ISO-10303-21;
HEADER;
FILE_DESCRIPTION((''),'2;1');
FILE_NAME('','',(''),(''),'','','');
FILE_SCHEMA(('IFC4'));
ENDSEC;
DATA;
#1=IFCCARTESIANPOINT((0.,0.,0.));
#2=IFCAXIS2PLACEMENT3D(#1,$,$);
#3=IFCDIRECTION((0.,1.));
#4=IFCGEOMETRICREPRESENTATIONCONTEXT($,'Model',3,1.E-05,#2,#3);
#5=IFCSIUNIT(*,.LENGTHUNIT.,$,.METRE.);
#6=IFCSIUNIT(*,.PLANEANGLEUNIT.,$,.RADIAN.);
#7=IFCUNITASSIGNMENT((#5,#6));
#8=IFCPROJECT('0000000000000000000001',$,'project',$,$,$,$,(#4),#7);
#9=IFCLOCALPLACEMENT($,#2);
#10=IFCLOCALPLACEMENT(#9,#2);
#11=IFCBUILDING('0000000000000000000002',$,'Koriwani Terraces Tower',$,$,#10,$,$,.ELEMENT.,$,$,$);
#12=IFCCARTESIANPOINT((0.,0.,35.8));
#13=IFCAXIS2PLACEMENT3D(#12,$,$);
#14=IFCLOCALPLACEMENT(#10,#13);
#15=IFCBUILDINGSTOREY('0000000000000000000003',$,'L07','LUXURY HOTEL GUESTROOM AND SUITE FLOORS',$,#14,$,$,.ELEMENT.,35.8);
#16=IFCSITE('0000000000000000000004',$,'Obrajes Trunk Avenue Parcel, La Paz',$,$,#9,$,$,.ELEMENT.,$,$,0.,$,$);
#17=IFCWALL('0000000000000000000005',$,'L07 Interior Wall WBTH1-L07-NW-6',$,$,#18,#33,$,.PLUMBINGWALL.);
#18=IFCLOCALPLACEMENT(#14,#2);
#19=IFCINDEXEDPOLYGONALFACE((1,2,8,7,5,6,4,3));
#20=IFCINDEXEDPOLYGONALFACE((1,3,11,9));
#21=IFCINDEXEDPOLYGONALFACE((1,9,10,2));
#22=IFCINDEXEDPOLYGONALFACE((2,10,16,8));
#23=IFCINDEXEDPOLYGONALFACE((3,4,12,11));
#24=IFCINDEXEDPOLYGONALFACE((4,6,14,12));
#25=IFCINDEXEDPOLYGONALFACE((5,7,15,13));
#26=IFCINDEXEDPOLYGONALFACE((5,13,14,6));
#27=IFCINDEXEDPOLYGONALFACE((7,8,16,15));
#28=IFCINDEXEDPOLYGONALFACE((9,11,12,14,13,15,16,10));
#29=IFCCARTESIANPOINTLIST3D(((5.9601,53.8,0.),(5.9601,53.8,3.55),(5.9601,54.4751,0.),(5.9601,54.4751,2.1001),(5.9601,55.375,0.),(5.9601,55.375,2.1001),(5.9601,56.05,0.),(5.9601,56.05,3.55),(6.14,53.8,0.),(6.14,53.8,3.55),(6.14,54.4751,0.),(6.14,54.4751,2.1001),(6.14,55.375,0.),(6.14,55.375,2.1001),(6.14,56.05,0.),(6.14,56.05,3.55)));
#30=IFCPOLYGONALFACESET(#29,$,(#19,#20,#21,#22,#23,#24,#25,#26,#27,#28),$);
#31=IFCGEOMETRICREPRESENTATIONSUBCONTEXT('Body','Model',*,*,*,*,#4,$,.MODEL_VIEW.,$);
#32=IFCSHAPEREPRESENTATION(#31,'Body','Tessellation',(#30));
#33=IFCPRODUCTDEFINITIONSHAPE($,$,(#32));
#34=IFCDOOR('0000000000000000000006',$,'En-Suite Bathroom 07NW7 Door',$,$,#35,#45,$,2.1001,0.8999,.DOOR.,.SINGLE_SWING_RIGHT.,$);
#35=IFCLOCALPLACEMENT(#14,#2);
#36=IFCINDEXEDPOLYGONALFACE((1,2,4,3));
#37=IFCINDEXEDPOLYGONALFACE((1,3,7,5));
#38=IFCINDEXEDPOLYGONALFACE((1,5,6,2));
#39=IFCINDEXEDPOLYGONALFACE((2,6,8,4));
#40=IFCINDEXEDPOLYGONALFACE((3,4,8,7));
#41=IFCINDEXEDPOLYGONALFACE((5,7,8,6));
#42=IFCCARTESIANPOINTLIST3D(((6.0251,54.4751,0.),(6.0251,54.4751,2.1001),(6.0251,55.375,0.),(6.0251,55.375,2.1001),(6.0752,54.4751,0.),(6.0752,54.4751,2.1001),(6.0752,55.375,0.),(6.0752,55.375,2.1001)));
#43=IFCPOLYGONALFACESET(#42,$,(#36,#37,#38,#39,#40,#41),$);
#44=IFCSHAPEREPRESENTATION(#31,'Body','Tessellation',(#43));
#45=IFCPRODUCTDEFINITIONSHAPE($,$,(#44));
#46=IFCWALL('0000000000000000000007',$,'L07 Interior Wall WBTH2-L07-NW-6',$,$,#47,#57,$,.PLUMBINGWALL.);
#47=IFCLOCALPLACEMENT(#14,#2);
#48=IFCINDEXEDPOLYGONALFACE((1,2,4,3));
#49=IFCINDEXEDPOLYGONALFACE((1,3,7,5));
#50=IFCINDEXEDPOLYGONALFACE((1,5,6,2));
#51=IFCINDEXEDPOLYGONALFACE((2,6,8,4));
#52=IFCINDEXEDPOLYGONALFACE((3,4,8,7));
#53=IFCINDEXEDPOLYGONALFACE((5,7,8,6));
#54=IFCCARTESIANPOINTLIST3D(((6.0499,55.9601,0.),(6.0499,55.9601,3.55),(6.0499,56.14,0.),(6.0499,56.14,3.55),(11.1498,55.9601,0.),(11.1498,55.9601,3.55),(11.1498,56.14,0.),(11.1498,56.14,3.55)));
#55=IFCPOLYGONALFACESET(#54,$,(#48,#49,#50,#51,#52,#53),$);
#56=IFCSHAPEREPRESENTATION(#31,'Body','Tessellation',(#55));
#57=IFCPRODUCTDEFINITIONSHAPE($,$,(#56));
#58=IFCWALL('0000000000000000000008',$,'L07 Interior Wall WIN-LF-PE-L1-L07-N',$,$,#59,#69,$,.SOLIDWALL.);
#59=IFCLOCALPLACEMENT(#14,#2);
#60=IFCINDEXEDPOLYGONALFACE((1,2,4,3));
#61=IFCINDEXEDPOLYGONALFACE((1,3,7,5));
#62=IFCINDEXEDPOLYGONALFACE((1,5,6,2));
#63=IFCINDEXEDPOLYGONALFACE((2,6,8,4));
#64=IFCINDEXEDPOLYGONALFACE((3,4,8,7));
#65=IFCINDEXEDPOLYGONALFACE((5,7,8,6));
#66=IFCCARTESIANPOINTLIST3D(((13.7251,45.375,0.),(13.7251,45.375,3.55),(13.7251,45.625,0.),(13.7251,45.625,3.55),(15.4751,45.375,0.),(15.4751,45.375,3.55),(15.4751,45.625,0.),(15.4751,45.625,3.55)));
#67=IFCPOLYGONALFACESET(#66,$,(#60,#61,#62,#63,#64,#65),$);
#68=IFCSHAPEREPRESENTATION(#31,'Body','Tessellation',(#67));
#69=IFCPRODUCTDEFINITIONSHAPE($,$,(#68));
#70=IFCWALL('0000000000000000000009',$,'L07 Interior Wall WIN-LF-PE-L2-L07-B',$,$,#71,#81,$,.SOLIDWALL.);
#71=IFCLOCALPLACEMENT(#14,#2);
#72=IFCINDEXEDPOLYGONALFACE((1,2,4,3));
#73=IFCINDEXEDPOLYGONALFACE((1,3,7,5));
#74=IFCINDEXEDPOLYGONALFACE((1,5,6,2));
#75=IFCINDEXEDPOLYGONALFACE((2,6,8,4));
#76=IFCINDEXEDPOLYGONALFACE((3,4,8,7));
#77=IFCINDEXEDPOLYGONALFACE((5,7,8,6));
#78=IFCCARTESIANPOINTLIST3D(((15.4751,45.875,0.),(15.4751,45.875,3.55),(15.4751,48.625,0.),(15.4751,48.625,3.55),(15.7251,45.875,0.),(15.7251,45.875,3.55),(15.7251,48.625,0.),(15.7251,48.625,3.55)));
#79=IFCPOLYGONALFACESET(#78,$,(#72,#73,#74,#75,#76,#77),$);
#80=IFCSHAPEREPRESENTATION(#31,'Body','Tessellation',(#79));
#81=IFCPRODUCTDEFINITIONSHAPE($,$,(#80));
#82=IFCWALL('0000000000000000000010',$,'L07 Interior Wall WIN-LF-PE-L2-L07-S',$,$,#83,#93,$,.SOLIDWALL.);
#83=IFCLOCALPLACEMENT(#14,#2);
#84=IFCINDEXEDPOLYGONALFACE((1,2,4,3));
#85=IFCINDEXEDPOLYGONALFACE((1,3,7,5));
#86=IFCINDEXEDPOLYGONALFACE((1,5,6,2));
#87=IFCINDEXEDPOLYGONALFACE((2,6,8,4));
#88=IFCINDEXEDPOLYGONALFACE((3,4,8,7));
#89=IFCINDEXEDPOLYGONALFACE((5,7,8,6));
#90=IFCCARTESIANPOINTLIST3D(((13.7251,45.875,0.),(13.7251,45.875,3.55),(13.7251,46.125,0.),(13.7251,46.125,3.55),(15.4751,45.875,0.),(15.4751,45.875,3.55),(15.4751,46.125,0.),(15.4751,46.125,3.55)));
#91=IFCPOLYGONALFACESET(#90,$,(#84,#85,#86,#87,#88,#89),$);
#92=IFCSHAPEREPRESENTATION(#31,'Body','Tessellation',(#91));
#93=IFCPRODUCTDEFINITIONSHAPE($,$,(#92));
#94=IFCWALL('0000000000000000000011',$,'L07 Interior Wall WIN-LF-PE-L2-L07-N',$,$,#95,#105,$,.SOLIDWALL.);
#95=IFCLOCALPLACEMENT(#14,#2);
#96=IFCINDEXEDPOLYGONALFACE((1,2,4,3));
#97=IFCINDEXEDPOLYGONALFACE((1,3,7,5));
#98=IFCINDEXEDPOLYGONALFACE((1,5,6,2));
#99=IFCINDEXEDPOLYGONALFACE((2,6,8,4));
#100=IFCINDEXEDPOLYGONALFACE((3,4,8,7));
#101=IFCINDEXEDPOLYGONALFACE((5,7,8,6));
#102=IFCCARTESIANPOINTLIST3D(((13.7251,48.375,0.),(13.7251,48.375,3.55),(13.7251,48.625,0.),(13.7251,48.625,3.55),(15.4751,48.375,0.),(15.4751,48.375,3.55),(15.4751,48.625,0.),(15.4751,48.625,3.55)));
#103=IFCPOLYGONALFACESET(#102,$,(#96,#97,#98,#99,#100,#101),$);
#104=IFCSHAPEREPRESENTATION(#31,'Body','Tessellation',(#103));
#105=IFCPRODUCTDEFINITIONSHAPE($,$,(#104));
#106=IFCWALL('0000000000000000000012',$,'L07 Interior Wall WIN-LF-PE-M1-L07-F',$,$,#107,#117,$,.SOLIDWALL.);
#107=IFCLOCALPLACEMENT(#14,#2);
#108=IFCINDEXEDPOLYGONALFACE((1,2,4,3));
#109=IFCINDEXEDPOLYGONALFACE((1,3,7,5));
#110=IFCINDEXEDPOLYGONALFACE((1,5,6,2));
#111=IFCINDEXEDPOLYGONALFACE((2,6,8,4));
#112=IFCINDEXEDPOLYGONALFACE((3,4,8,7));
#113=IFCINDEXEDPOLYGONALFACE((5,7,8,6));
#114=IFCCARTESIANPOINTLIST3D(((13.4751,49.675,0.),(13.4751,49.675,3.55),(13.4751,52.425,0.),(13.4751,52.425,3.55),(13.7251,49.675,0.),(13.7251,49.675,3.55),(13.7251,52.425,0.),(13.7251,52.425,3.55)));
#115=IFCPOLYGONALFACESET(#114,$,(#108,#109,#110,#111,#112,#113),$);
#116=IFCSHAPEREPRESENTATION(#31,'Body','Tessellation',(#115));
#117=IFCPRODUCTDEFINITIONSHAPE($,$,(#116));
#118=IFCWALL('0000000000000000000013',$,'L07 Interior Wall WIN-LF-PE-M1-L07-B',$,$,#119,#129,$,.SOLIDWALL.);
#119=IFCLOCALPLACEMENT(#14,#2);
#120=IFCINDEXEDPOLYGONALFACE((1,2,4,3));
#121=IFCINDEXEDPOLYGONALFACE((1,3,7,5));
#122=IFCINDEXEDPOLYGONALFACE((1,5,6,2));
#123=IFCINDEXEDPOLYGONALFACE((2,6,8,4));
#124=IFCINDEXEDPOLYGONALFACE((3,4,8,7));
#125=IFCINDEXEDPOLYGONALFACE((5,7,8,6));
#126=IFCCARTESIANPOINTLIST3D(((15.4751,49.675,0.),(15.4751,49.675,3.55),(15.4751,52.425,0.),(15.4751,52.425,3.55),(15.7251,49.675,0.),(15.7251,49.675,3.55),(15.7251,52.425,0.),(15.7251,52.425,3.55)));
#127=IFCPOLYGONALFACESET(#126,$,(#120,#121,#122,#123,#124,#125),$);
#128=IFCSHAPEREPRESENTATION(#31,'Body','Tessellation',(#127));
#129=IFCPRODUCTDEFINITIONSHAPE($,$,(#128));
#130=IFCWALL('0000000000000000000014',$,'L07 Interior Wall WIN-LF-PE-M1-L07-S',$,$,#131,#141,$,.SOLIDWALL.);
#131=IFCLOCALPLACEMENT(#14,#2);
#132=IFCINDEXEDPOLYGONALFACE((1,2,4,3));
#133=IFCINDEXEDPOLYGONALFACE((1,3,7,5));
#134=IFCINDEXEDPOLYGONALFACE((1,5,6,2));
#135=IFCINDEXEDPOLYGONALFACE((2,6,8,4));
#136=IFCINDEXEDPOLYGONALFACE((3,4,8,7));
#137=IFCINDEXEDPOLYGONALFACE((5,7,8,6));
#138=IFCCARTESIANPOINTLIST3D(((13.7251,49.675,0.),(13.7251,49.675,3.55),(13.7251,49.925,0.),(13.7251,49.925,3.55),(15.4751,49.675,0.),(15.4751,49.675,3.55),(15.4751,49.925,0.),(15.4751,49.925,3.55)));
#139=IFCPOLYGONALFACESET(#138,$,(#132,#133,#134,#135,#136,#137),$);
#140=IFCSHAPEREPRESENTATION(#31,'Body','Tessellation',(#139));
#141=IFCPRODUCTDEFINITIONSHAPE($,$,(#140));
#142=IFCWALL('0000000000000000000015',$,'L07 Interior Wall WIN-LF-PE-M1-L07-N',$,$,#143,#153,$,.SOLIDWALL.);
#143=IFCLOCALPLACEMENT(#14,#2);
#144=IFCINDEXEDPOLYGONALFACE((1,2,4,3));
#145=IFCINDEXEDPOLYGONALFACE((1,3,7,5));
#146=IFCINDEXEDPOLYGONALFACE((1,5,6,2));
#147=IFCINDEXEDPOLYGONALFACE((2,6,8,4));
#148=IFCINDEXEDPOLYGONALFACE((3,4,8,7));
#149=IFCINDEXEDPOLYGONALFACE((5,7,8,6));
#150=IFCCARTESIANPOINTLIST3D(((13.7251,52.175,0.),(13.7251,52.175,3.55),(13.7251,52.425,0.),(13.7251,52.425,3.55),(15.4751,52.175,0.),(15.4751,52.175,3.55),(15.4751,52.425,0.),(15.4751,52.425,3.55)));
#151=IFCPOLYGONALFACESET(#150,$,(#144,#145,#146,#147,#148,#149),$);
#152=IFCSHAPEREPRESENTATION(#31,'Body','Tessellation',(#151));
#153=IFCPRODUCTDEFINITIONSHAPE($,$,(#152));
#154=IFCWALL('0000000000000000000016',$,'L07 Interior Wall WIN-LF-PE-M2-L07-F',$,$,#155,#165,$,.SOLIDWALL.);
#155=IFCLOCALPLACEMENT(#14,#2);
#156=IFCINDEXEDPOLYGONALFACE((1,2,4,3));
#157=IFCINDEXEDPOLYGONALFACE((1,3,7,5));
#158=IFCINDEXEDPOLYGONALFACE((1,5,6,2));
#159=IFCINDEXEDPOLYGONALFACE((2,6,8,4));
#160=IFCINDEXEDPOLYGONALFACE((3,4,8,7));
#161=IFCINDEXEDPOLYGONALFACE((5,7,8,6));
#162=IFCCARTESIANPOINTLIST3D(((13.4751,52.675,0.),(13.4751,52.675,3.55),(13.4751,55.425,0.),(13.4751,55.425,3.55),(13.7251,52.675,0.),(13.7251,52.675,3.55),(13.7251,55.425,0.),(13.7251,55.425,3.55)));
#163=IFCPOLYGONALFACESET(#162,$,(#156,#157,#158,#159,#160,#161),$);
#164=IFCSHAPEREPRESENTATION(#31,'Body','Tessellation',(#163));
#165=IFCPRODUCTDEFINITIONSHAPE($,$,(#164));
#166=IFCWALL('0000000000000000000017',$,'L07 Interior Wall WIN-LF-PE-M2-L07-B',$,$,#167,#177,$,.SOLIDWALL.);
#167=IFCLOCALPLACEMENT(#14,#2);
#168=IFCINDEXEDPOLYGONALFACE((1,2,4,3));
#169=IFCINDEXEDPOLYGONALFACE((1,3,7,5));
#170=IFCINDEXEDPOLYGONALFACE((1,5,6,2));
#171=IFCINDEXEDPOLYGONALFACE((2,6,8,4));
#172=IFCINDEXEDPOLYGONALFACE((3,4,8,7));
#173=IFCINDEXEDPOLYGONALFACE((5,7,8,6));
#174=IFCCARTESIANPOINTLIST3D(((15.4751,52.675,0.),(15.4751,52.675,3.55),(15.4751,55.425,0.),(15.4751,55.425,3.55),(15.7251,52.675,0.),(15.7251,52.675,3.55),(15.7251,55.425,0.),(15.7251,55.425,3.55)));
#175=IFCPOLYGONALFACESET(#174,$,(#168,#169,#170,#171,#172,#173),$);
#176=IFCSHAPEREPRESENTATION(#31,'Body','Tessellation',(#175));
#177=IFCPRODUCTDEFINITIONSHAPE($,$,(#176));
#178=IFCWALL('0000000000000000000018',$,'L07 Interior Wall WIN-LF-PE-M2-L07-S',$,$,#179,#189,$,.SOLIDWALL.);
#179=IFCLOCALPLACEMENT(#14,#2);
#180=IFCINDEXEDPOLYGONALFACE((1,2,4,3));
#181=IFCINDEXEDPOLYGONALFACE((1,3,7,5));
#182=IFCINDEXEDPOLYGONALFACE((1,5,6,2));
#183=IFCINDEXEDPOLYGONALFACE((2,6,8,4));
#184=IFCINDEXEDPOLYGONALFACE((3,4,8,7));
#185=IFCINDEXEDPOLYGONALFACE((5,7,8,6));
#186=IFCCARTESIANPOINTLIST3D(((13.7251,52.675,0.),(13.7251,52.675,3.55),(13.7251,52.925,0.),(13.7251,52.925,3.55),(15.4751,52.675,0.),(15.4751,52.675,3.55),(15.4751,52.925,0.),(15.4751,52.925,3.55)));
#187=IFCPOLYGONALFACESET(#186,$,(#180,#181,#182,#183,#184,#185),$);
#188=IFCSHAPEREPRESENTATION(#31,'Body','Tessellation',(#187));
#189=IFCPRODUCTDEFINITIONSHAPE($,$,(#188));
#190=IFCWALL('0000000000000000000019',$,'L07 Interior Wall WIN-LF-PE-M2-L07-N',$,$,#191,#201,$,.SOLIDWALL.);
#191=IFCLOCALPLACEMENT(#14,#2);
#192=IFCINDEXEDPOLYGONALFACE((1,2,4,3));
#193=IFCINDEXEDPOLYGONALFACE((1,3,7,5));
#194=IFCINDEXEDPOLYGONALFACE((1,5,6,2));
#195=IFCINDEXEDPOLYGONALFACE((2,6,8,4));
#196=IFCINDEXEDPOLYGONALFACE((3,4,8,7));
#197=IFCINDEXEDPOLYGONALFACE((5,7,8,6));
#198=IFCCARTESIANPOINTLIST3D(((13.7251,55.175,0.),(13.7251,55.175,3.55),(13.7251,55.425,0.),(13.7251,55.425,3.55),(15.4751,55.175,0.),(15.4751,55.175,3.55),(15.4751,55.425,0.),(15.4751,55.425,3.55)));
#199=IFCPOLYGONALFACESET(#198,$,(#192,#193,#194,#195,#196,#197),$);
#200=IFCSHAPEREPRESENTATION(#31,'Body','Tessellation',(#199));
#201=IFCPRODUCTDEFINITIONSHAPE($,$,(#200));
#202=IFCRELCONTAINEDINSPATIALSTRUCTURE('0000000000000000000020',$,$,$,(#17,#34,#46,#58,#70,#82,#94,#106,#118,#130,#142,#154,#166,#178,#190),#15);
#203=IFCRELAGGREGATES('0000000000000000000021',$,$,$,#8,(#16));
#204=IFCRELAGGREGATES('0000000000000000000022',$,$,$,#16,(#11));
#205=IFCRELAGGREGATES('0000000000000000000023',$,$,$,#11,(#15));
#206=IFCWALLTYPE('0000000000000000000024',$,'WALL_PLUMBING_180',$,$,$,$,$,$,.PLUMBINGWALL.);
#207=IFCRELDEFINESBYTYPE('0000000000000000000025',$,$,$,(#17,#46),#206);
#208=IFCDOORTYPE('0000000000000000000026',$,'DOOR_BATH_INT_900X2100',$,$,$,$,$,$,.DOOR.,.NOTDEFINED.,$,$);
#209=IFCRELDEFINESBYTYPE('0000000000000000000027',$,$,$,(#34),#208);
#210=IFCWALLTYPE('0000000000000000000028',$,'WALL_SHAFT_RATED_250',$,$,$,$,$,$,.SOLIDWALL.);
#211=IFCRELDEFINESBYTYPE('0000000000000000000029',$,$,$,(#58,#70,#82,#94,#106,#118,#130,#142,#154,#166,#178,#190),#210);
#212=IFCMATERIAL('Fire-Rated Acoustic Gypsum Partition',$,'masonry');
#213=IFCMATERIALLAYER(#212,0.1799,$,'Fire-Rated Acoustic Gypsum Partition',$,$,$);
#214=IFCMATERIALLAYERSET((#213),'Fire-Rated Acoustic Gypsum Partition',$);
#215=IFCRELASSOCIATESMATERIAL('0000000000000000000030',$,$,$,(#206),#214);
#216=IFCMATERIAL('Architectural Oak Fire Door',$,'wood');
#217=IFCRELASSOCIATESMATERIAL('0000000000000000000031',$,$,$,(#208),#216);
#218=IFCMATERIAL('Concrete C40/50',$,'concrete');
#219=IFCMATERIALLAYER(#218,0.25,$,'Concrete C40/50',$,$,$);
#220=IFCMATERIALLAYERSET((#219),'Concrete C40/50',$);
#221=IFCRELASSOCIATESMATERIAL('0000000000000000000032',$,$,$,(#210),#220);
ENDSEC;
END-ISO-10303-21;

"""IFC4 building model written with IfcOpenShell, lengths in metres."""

from ifc_helpers import new_model, si_unit, direction, frame, frame_2d, origin, place, context, subcontext, project, spatial, rectangle, extrude, material, layer, layer_set, type_object, element, fill, save


model = new_model("IFC4")

# Units and contexts
model_context = context("Model", 3, precision=1e-05, world=origin(), true_north=direction((0.0, 1.0)))
body_context = subcontext(model_context, "Body", "Model", "MODEL_VIEW")
ifc_project = project(units=[si_unit("LENGTHUNIT", "METRE"), si_unit("PLANEANGLEUNIT", "RADIAN")], contexts=[model_context])

# Site, building, storey
site_placement = place(None, origin())
site = spatial("IfcSite", under=ifc_project, at=site_placement, Name="Obrajes Trunk Avenue Parcel, La Paz", CompositionType="ELEMENT", RefElevation=0.0)
building_placement = place(site_placement, origin())
building = spatial("IfcBuilding", under=site, at=building_placement, Name="Koriwani Terraces Tower", CompositionType="ELEMENT")
storey_placement = place(building_placement, frame((0.0, 0.0, 35.8)))
storey = spatial("IfcBuildingStorey", under=building, at=storey_placement, Name="L07", Description="LUXURY HOTEL GUESTROOM AND SUITE FLOORS", CompositionType="ELEMENT", Elevation=35.8)

# Shared definitions
ifc_material_1 = material(Name="Concrete C40/50", Category="concrete")

# Shared definitions
ifc_material_2 = material(Name="Fire-Rated Acoustic Gypsum Partition", Category="masonry")
ifc_layer_1 = layer(ifc_material_2, 0.1799, Name="Fire-Rated Acoustic Gypsum Partition")
ifc_layer_set_1 = layer_set([ifc_layer_1], Name="Fire-Rated Acoustic Gypsum Partition")
wall_type_1 = type_object("IfcWallType", Name="WALL_PLUMBING_180", PredefinedType="PLUMBINGWALL", material=ifc_layer_set_1)

# Wall, opening, door
wall_1_placement = place(storey_placement, frame((6.05, 53.8, 0.0), z_axis=(0.0, 0.0, 1.0), x_axis=(0.0, 1.0, 0.0)))
wall_1 = element("IfcWall", 1, at=wall_1_placement, inside=storey, type_object=wall_type_1, Name="L07 Interior Wall WBTH1-L07-NW-6", PredefinedType="PLUMBINGWALL", context=body_context, shape_type="SweptSolid", body=[
    extrude(rectangle(XDim=2.25, YDim=0.1799, at=frame_2d((1.125, 0.0))), origin(), (0.0, 0.0, 1.0), 3.55),
])
opening_1_placement = place(wall_1_placement, frame((0.675, 0.0, 0.0)))
opening_1 = element("IfcOpeningElement", 2, at=opening_1_placement, cuts=wall_1, PredefinedType="OPENING", context=body_context, shape_type="SweptSolid", body=[
    extrude(rectangle(XDim=0.8999, YDim=2.1001, at=frame_2d((0.45, 1.05))), frame((0.0, 0.1001, 0.0), z_axis=(0.0, -1.0, 0.0), x_axis=(1.0, 0.0, 0.0)), (0.0, 0.0, 1.0), 0.2),
])
ifc_material_3 = material(Name="Architectural Oak Fire Door", Category="wood")
door_type_1 = type_object("IfcDoorType", Name="DOOR_BATH_INT_900X2100", OperationType="NOTDEFINED", PredefinedType="DOOR", material=ifc_material_3)
door_1_placement = place(opening_1_placement, origin())
door_1 = element("IfcDoor", 3, at=door_1_placement, inside=storey, type_object=door_type_1, Name="En-Suite Bathroom 07NW7 Door", OperationType="SINGLE_SWING_RIGHT", OverallHeight=2.1001, OverallWidth=0.8999, PredefinedType="DOOR", context=body_context, shape_type="SweptSolid", body=[
    extrude(rectangle(XDim=0.8999, YDim=2.1001, at=frame_2d((0.45, 1.05))), frame((0.0, 0.0249, 0.0), z_axis=(0.0, -1.0, 0.0), x_axis=(1.0, 0.0, 0.0)), (0.0, 0.0, 1.0), 0.05),
])
fill(opening_1, door_1)

# Walls
wall_2_placement = place(storey_placement, frame((6.05, 56.05, 0.0), z_axis=(0.0, 0.0, 1.0), x_axis=(1.0, 0.0, 0.0)))
element("IfcWall", 4, at=wall_2_placement, inside=storey, type_object=wall_type_1, Name="L07 Interior Wall WBTH2-L07-NW-6", PredefinedType="PLUMBINGWALL", context=body_context, shape_type="SweptSolid", body=[
    extrude(rectangle(XDim=5.0999, YDim=0.1799, at=frame_2d((2.5498, 0.0))), origin(), (0.0, 0.0, 1.0), 3.55),
])
ifc_layer_2 = layer(ifc_material_1, 0.25, Name="Concrete C40/50")
ifc_layer_set_2 = layer_set([ifc_layer_2], Name="Concrete C40/50")
wall_type_2 = type_object("IfcWallType", Name="WALL_SHAFT_RATED_250", PredefinedType="SOLIDWALL", material=ifc_layer_set_2)
wall_3_placement = place(storey_placement, frame((13.7251, 45.5, 0.0), z_axis=(0.0, 0.0, 1.0), x_axis=(1.0, 0.0, 0.0)))
element("IfcWall", 5, at=wall_3_placement, inside=storey, type_object=wall_type_2, Name="L07 Interior Wall WIN-LF-PE-L1-L07-N", PredefinedType="SOLIDWALL", context=body_context, shape_type="SweptSolid", body=[
    extrude(rectangle(XDim=1.75, YDim=0.25, at=frame_2d((0.875, 0.0))), origin(), (0.0, 0.0, 1.0), 3.55),
])

# Walls
wall_4_placement = place(storey_placement, frame((15.6001, 45.875, 0.0), z_axis=(0.0, 0.0, 1.0), x_axis=(0.0, 1.0, 0.0)))
element("IfcWall", 6, at=wall_4_placement, inside=storey, type_object=wall_type_2, Name="L07 Interior Wall WIN-LF-PE-L2-L07-B", PredefinedType="SOLIDWALL", context=body_context, shape_type="SweptSolid", body=[
    extrude(rectangle(XDim=2.75, YDim=0.25, at=frame_2d((1.375, 0.0))), origin(), (0.0, 0.0, 1.0), 3.55),
])
for number, where, z_axis, x_axis, name in (
    (7, (13.7251, 46.0, 0.0), (0.0, 0.0, 1.0), (1.0, 0.0, 0.0), "L07 Interior Wall WIN-LF-PE-L2-L07-S"),
    (8, (13.7251, 48.5, 0.0), (0.0, 0.0, 1.0), (1.0, 0.0, 0.0), "L07 Interior Wall WIN-LF-PE-L2-L07-N"),
):
    element("IfcWall", number, at=place(storey_placement, frame(where, z_axis=z_axis, x_axis=x_axis)), inside=storey, type_object=wall_type_2, Name=name, PredefinedType="SOLIDWALL", context=body_context, shape_type="SweptSolid", body=[
        extrude(rectangle(XDim=1.75, YDim=0.25, at=frame_2d((0.875, 0.0))), origin(), (0.0, 0.0, 1.0), 3.55),
    ])
for number, where, z_axis, x_axis, name in (
    (9, (13.6001, 49.675, 0.0), (0.0, 0.0, 1.0), (0.0, 1.0, 0.0), "L07 Interior Wall WIN-LF-PE-M1-L07-F"),
    (10, (15.6001, 49.675, 0.0), (0.0, 0.0, 1.0), (0.0, 1.0, 0.0), "L07 Interior Wall WIN-LF-PE-M1-L07-B"),
):
    element("IfcWall", number, at=place(storey_placement, frame(where, z_axis=z_axis, x_axis=x_axis)), inside=storey, type_object=wall_type_2, Name=name, PredefinedType="SOLIDWALL", context=body_context, shape_type="SweptSolid", body=[
        extrude(rectangle(XDim=2.75, YDim=0.25, at=frame_2d((1.375, 0.0))), origin(), (0.0, 0.0, 1.0), 3.55),
    ])
for number, where, z_axis, x_axis, name in (
    (11, (13.7251, 49.8, 0.0), (0.0, 0.0, 1.0), (1.0, 0.0, 0.0), "L07 Interior Wall WIN-LF-PE-M1-L07-S"),
    (12, (13.7251, 52.3, 0.0), (0.0, 0.0, 1.0), (1.0, 0.0, 0.0), "L07 Interior Wall WIN-LF-PE-M1-L07-N"),
):
    element("IfcWall", number, at=place(storey_placement, frame(where, z_axis=z_axis, x_axis=x_axis)), inside=storey, type_object=wall_type_2, Name=name, PredefinedType="SOLIDWALL", context=body_context, shape_type="SweptSolid", body=[
        extrude(rectangle(XDim=1.75, YDim=0.25, at=frame_2d((0.875, 0.0))), origin(), (0.0, 0.0, 1.0), 3.55),
    ])
for number, where, z_axis, x_axis, name in (
    (13, (13.6001, 52.675, 0.0), (0.0, 0.0, 1.0), (0.0, 1.0, 0.0), "L07 Interior Wall WIN-LF-PE-M2-L07-F"),
    (14, (15.6001, 52.675, 0.0), (0.0, 0.0, 1.0), (0.0, 1.0, 0.0), "L07 Interior Wall WIN-LF-PE-M2-L07-B"),
):
    element("IfcWall", number, at=place(storey_placement, frame(where, z_axis=z_axis, x_axis=x_axis)), inside=storey, type_object=wall_type_2, Name=name, PredefinedType="SOLIDWALL", context=body_context, shape_type="SweptSolid", body=[
        extrude(rectangle(XDim=2.75, YDim=0.25, at=frame_2d((1.375, 0.0))), origin(), (0.0, 0.0, 1.0), 3.55),
    ])
for number, where, z_axis, x_axis, name in (
    (15, (13.7251, 52.8, 0.0), (0.0, 0.0, 1.0), (1.0, 0.0, 0.0), "L07 Interior Wall WIN-LF-PE-M2-L07-S"),
    (16, (13.7251, 55.3, 0.0), (0.0, 0.0, 1.0), (1.0, 0.0, 0.0), "L07 Interior Wall WIN-LF-PE-M2-L07-N"),
):
    element("IfcWall", number, at=place(storey_placement, frame(where, z_axis=z_axis, x_axis=x_axis)), inside=storey, type_object=wall_type_2, Name=name, PredefinedType="SOLIDWALL", context=body_context, shape_type="SweptSolid", body=[
        extrude(rectangle(XDim=1.75, YDim=0.25, at=frame_2d((0.875, 0.0))), origin(), (0.0, 0.0, 1.0), 3.55),
    ])

save(model, "model.ifc")
